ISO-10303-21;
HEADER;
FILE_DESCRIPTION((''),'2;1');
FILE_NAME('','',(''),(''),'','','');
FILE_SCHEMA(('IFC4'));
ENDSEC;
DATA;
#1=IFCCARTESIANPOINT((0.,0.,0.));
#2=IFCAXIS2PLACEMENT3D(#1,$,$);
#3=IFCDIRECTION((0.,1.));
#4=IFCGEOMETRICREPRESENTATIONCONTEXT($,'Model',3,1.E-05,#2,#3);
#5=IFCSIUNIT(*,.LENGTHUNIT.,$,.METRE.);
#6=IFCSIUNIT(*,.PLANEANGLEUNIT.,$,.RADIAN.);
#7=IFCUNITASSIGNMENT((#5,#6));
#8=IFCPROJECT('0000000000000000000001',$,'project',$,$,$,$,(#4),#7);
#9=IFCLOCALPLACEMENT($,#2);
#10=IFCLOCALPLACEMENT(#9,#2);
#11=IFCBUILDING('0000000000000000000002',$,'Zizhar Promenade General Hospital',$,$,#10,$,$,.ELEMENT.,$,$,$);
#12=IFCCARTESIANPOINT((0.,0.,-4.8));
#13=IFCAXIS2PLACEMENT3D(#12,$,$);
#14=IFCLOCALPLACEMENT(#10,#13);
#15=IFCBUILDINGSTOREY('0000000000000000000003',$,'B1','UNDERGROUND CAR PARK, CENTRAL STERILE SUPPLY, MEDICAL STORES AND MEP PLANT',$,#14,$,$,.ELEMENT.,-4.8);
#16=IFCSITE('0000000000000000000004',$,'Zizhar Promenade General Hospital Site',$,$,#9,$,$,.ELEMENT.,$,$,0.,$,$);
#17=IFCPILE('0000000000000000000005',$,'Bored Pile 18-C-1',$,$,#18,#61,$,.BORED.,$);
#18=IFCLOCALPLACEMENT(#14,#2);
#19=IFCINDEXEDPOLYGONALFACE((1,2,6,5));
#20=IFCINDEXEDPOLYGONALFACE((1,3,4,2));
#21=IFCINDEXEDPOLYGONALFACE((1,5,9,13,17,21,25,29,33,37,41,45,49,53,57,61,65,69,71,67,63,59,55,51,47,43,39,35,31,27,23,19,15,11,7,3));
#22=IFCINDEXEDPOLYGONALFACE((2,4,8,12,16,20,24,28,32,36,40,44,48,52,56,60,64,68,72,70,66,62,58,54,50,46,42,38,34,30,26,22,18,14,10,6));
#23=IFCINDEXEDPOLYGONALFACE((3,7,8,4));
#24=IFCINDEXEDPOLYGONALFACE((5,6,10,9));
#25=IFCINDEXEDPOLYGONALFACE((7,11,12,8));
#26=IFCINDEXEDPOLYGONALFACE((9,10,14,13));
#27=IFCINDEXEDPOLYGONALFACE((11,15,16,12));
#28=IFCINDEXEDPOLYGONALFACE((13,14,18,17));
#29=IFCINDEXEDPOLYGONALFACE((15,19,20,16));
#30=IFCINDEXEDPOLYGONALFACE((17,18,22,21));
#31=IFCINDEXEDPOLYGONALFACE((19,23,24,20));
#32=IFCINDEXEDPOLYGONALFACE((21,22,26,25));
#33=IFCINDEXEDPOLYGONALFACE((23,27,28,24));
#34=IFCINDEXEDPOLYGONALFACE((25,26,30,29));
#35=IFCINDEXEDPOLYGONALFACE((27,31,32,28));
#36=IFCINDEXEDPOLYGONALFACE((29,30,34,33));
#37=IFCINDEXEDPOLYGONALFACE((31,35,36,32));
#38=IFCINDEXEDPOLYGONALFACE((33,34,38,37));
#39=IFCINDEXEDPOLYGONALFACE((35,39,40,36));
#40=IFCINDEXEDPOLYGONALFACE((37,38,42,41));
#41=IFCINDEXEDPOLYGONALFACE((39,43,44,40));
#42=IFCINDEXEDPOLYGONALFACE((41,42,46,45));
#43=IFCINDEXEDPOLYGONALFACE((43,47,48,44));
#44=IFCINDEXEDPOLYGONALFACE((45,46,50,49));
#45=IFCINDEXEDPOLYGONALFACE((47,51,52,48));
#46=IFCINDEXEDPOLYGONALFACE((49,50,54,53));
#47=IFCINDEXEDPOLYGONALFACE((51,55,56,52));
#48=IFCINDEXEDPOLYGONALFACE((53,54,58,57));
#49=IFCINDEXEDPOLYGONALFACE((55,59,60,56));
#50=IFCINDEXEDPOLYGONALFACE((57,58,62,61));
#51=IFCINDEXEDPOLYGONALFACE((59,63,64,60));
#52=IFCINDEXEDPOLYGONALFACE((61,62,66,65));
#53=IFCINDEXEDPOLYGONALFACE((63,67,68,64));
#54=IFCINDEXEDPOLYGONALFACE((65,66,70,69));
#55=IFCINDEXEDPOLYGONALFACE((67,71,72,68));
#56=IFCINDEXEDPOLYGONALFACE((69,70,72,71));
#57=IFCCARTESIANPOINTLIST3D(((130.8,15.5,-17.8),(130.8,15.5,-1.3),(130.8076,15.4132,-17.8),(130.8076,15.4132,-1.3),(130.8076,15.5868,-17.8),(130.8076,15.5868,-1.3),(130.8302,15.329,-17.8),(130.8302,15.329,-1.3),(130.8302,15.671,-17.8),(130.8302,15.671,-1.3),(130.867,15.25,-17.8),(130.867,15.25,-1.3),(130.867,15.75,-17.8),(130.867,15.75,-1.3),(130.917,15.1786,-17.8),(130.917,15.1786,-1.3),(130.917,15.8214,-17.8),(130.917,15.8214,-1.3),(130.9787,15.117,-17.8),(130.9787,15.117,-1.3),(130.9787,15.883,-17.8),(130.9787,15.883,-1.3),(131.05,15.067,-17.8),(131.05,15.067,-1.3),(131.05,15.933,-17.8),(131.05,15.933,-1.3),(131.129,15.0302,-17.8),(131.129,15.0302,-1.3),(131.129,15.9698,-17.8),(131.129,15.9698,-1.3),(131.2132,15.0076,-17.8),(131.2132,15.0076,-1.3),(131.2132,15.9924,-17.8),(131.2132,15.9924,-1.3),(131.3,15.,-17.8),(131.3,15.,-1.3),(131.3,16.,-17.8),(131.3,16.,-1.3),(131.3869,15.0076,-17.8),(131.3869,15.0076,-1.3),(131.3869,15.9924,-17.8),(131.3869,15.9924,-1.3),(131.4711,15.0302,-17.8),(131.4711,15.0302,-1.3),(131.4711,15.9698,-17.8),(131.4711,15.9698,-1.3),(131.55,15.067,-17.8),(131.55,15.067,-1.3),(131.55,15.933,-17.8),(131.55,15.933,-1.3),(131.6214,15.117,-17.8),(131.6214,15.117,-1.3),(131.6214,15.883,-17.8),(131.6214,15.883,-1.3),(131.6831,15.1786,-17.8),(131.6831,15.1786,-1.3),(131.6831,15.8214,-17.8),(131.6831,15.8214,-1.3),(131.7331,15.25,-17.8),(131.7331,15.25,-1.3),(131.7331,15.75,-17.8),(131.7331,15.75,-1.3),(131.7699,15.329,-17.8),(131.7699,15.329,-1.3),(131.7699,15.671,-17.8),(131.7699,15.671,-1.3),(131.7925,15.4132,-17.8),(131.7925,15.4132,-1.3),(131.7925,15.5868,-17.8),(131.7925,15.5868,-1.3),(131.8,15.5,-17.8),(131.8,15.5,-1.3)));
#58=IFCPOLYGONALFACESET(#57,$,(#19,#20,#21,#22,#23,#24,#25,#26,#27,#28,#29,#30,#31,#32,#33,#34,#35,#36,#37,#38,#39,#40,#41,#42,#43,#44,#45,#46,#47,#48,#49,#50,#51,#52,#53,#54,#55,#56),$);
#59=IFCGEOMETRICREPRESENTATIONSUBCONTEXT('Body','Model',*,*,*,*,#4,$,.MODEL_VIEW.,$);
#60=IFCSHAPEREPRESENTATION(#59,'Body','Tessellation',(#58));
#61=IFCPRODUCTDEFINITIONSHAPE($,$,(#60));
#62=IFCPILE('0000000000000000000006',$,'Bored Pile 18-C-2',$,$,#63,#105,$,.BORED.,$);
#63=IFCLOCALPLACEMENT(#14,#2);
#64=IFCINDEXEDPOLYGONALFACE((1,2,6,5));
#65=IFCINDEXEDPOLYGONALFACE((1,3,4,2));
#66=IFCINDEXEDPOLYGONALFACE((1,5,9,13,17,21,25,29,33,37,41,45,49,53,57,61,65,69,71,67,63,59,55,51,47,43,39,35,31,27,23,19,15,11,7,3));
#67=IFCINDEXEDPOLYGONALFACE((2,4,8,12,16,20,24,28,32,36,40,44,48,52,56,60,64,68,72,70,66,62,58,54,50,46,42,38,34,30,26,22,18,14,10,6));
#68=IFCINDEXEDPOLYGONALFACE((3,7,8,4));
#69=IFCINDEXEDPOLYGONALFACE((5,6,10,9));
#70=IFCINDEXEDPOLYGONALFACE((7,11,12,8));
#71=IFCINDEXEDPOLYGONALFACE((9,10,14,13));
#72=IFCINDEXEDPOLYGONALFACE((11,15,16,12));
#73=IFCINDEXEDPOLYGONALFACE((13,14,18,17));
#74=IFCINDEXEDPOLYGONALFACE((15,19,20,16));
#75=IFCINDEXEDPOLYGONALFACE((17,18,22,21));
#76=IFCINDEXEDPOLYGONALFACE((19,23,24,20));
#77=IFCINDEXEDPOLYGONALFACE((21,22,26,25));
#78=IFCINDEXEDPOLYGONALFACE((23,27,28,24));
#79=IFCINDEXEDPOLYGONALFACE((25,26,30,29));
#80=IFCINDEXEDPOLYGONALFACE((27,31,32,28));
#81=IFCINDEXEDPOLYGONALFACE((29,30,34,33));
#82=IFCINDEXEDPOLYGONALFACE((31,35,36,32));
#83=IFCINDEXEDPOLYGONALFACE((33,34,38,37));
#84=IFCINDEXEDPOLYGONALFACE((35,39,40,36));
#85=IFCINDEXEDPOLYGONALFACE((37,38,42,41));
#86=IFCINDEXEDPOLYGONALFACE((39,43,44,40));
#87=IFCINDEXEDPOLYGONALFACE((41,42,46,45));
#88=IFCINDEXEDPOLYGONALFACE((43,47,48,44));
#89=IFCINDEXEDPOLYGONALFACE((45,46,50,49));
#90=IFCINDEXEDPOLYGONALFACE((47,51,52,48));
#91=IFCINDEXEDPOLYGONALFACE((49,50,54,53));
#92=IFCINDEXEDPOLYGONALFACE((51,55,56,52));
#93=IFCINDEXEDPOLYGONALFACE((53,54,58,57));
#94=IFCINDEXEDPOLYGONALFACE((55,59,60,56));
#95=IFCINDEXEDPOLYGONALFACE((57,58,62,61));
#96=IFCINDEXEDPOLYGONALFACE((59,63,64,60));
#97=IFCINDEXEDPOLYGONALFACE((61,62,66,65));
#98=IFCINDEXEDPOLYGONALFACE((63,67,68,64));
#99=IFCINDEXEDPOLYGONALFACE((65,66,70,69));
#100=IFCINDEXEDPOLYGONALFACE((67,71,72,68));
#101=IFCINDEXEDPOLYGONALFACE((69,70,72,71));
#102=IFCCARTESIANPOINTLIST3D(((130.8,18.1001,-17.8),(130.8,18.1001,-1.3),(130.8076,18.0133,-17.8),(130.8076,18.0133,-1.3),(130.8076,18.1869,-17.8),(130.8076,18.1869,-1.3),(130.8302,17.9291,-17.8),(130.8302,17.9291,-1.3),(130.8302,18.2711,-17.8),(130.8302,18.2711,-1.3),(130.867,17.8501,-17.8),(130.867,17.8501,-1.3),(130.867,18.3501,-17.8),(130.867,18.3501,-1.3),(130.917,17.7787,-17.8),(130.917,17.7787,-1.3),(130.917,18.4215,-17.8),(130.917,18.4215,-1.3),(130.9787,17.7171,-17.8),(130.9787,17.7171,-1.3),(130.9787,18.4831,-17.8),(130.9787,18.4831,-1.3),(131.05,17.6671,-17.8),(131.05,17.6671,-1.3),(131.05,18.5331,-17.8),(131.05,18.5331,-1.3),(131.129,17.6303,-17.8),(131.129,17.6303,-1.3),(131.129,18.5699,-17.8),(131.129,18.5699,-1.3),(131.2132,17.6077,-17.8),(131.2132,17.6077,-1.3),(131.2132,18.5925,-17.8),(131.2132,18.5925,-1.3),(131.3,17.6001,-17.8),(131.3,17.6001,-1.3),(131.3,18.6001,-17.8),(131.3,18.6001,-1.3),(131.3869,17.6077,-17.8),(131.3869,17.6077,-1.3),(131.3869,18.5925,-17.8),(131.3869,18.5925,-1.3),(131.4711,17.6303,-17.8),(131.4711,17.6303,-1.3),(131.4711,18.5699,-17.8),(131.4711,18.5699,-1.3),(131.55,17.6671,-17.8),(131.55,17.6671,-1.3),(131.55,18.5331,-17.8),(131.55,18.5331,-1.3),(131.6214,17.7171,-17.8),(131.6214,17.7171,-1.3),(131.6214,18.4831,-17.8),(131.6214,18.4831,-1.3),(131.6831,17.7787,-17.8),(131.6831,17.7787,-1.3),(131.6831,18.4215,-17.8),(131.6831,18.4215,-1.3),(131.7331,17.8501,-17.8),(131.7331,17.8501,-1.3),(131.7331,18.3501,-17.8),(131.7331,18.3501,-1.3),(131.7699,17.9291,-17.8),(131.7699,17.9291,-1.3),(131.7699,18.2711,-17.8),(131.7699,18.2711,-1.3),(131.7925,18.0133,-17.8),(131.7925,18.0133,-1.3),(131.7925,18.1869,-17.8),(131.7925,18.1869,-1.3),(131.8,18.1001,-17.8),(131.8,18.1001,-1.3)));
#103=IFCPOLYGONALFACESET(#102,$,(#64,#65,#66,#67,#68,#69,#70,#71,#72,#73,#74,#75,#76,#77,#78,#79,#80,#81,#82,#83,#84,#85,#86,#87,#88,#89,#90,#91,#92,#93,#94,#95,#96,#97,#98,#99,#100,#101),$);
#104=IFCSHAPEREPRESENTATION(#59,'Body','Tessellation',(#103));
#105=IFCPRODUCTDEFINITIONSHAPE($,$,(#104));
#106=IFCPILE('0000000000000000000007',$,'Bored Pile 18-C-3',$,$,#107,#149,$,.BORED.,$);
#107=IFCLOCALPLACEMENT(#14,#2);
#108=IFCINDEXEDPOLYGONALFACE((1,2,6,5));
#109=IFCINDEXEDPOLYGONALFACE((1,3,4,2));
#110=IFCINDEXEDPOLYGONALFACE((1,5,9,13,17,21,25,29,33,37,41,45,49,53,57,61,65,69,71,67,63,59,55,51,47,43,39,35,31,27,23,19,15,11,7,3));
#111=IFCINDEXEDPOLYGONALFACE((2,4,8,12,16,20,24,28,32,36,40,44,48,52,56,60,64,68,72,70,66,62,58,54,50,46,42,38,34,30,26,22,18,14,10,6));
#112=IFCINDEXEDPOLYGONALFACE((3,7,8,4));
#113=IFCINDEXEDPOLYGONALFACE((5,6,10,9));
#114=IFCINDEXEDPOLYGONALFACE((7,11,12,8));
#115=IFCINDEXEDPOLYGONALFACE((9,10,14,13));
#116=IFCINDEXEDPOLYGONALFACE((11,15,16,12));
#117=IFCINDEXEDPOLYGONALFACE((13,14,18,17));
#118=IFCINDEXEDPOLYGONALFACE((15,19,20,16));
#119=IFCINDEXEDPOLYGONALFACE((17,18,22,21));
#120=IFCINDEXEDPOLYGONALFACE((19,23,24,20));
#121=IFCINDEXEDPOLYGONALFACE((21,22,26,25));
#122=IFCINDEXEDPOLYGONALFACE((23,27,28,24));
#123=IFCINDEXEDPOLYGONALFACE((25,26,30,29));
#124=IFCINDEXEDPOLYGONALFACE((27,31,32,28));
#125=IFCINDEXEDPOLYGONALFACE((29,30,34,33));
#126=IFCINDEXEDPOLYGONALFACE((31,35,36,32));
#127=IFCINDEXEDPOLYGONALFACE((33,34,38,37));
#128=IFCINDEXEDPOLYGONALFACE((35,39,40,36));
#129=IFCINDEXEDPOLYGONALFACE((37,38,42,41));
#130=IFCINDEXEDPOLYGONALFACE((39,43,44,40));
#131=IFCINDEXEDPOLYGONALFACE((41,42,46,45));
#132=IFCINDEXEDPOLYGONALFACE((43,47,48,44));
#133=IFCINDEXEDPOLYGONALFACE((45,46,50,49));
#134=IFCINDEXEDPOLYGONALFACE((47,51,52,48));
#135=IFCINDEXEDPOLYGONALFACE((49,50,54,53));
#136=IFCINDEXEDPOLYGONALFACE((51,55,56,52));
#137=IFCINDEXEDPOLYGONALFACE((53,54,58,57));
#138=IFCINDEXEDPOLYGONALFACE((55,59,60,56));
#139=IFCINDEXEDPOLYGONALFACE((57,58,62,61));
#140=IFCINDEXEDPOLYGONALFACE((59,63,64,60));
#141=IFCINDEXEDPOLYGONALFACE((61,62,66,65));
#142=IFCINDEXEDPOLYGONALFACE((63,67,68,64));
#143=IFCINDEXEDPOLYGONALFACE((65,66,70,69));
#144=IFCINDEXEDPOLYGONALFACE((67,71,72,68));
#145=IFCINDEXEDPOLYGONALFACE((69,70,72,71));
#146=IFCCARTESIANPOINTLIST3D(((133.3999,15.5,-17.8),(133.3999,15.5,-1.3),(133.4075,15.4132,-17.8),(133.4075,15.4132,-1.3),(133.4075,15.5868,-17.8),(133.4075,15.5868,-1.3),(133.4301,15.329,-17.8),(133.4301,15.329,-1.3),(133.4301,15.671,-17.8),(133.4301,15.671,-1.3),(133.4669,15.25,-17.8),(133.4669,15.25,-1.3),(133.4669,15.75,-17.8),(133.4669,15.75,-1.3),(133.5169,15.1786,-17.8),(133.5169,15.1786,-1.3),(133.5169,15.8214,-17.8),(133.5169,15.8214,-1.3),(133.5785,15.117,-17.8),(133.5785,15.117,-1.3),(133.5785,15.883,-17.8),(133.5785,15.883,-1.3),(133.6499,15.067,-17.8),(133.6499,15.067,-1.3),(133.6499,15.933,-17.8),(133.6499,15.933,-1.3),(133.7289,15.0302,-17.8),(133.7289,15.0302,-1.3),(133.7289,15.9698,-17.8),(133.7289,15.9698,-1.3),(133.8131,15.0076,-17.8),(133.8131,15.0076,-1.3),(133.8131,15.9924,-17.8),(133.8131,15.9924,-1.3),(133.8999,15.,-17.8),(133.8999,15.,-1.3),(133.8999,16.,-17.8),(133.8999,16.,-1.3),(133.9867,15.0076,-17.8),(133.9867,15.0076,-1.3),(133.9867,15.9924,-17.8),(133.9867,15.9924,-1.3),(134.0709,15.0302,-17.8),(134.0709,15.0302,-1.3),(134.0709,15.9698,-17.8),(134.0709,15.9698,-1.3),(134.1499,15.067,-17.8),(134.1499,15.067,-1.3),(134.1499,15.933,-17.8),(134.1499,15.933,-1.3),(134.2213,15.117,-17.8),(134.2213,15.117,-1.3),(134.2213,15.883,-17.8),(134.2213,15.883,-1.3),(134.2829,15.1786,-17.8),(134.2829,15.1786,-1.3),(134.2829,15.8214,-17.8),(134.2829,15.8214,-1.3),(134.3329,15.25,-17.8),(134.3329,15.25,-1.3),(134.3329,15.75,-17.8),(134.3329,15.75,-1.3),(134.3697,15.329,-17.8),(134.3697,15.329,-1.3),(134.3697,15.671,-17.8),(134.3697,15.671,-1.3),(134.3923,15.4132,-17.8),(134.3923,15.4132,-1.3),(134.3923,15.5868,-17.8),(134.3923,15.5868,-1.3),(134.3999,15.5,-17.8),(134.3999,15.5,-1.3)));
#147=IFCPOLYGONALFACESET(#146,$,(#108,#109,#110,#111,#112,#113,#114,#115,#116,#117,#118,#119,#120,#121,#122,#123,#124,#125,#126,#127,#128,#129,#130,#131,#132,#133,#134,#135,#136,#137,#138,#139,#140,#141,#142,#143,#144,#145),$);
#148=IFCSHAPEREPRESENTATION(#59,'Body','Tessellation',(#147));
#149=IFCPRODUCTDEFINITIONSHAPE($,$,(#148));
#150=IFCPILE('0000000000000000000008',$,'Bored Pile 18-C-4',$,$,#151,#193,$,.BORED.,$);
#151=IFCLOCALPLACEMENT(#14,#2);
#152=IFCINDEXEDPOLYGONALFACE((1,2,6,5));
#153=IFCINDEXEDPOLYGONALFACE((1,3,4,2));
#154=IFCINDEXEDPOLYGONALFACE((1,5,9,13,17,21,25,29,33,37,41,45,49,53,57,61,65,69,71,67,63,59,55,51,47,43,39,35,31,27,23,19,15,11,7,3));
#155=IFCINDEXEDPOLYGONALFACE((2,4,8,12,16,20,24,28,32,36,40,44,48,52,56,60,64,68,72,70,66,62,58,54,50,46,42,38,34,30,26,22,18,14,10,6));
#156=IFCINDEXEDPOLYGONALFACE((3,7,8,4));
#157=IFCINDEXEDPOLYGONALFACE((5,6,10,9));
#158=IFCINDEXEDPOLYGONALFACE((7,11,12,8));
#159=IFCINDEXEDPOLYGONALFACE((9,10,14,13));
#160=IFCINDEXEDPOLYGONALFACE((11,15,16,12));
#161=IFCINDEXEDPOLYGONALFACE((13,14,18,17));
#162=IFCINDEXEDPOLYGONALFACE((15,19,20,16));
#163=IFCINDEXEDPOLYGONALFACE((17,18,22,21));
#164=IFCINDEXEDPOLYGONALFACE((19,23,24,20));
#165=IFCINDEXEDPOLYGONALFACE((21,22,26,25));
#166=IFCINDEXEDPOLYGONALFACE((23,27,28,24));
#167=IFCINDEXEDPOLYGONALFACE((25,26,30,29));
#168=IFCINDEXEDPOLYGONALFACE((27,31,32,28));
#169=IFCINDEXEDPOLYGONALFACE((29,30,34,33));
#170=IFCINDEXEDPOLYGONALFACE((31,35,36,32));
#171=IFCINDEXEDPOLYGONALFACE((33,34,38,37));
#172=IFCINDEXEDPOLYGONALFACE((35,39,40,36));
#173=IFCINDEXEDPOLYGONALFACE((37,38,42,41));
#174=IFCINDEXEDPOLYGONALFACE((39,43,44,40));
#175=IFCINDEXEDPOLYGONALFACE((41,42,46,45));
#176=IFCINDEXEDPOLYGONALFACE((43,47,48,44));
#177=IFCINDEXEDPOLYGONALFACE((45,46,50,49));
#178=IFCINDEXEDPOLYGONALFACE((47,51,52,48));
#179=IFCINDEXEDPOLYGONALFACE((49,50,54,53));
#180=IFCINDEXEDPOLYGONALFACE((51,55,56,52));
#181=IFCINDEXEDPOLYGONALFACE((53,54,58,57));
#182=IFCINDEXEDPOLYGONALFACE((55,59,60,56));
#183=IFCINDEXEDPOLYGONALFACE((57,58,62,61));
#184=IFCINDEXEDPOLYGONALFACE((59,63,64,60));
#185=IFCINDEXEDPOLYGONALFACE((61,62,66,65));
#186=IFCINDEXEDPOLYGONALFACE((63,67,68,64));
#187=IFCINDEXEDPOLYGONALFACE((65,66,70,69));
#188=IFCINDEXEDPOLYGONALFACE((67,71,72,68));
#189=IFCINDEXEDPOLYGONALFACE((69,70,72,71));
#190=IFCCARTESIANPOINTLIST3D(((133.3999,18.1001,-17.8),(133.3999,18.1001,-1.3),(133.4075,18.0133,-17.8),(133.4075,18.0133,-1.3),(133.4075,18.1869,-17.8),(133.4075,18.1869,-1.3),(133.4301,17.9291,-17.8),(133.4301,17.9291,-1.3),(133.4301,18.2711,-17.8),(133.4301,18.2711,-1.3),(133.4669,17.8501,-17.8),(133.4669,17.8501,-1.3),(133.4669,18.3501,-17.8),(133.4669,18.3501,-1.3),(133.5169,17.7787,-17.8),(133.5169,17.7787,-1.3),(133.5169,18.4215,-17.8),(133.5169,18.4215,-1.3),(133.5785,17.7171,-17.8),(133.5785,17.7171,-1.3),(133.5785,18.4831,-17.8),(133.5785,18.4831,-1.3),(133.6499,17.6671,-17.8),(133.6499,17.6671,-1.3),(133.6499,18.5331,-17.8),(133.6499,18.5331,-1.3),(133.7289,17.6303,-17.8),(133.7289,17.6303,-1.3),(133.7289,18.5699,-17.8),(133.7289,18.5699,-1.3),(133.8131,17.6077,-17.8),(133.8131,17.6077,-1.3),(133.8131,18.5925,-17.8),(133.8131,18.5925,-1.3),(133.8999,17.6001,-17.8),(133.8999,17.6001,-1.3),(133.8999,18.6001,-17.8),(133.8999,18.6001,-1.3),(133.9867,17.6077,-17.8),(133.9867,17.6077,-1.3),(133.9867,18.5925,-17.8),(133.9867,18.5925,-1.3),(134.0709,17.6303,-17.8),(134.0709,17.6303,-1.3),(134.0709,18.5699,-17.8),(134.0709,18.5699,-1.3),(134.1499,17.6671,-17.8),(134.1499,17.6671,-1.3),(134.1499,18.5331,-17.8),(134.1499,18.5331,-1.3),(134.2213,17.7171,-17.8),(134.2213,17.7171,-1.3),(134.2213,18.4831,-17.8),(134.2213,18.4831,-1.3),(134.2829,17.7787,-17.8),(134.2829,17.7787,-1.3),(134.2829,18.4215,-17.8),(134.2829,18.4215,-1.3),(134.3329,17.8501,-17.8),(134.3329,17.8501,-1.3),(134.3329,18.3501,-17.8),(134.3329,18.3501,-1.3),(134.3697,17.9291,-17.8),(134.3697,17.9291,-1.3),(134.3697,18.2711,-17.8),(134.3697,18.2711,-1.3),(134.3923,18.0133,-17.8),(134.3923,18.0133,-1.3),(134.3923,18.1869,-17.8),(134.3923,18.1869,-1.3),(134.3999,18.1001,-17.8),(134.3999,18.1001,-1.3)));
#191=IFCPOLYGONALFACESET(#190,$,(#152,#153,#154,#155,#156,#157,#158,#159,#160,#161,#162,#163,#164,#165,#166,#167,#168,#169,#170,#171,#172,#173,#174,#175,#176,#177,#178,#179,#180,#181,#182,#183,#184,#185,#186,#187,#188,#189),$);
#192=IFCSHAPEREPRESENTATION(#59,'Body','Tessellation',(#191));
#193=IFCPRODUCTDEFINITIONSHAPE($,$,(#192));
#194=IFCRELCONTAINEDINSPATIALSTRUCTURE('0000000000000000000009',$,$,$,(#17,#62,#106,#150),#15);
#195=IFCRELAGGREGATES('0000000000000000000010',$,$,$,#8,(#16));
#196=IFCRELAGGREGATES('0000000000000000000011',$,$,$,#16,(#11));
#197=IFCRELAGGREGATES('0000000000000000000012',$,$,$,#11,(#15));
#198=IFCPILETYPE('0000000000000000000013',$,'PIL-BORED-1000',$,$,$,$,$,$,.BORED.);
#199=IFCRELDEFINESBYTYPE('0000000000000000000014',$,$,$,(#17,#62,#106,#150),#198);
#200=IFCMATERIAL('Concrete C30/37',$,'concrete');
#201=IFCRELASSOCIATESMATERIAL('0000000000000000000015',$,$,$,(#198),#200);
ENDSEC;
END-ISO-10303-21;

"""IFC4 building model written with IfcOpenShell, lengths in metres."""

from ifc_helpers import new_model, si_unit, direction, frame, origin, origin_2d, place, context, subcontext, project, spatial, circle, extrude, material, material_profile, profile_set, type_object, element, save


model = new_model("IFC4")

# Units and contexts
model_context = context("Model", 3, precision=1e-05, world=origin(), true_north=direction((0.0, 1.0)))
body_context = subcontext(model_context, "Body", "Model", "MODEL_VIEW")
ifc_project = project(units=[si_unit("LENGTHUNIT", "METRE"), si_unit("PLANEANGLEUNIT", "RADIAN")], contexts=[model_context])

# Site, building, storey
site_placement = place(None, origin())
site = spatial("IfcSite", under=ifc_project, at=site_placement, Name="Zizhar Promenade General Hospital Site", CompositionType="ELEMENT", RefElevation=0.0)
building_placement = place(site_placement, origin())
building = spatial("IfcBuilding", under=site, at=building_placement, Name="Zizhar Promenade General Hospital", CompositionType="ELEMENT")
storey_placement = place(building_placement, frame((0.0, 0.0, -4.8)))
storey = spatial("IfcBuildingStorey", under=building, at=storey_placement, Name="B1", Description="UNDERGROUND CAR PARK, CENTRAL STERILE SUPPLY, MEDICAL STORES AND MEP PLANT", CompositionType="ELEMENT", Elevation=-4.8)

# Piles
ifc_material_1 = material(Name="Concrete C30/37", Category="concrete")
ifc_material_profile_1 = material_profile(ifc_material_1, circle(Radius=0.5, at=origin_2d()))
ifc_profile_set_1 = profile_set([ifc_material_profile_1], Name="Concrete C30/37")
pile_type = type_object("IfcPileType", Name="PIL-BORED-1000", PredefinedType="BORED", material=ifc_profile_set_1)
for number, where, z_axis, x_axis, name in (
    (1, (131.3, 15.5, -1.3), (0.0, 0.0, -1.0), (1.0, 0.0, 0.0), "Bored Pile 18-C-1"),
    (2, (131.3, 18.1001, -1.3), (0.0, 0.0, -1.0), (1.0, 0.0, 0.0), "Bored Pile 18-C-2"),
    (3, (133.8999, 15.5, -1.3), (0.0, 0.0, -1.0), (1.0, 0.0, 0.0), "Bored Pile 18-C-3"),
    (4, (133.8999, 18.1001, -1.3), (0.0, 0.0, -1.0), (1.0, 0.0, 0.0), "Bored Pile 18-C-4"),
):
    element("IfcPile", number, at=place(storey_placement, frame(where, z_axis=z_axis, x_axis=x_axis)), inside=storey, type_object=pile_type, Name=name, PredefinedType="BORED", context=body_context, shape_type="SweptSolid", body=[
        extrude(circle(Radius=0.5, at=origin_2d()), origin(), (0.0, 0.0, 1.0), 16.5),
    ])

save(model, "model.ifc")
